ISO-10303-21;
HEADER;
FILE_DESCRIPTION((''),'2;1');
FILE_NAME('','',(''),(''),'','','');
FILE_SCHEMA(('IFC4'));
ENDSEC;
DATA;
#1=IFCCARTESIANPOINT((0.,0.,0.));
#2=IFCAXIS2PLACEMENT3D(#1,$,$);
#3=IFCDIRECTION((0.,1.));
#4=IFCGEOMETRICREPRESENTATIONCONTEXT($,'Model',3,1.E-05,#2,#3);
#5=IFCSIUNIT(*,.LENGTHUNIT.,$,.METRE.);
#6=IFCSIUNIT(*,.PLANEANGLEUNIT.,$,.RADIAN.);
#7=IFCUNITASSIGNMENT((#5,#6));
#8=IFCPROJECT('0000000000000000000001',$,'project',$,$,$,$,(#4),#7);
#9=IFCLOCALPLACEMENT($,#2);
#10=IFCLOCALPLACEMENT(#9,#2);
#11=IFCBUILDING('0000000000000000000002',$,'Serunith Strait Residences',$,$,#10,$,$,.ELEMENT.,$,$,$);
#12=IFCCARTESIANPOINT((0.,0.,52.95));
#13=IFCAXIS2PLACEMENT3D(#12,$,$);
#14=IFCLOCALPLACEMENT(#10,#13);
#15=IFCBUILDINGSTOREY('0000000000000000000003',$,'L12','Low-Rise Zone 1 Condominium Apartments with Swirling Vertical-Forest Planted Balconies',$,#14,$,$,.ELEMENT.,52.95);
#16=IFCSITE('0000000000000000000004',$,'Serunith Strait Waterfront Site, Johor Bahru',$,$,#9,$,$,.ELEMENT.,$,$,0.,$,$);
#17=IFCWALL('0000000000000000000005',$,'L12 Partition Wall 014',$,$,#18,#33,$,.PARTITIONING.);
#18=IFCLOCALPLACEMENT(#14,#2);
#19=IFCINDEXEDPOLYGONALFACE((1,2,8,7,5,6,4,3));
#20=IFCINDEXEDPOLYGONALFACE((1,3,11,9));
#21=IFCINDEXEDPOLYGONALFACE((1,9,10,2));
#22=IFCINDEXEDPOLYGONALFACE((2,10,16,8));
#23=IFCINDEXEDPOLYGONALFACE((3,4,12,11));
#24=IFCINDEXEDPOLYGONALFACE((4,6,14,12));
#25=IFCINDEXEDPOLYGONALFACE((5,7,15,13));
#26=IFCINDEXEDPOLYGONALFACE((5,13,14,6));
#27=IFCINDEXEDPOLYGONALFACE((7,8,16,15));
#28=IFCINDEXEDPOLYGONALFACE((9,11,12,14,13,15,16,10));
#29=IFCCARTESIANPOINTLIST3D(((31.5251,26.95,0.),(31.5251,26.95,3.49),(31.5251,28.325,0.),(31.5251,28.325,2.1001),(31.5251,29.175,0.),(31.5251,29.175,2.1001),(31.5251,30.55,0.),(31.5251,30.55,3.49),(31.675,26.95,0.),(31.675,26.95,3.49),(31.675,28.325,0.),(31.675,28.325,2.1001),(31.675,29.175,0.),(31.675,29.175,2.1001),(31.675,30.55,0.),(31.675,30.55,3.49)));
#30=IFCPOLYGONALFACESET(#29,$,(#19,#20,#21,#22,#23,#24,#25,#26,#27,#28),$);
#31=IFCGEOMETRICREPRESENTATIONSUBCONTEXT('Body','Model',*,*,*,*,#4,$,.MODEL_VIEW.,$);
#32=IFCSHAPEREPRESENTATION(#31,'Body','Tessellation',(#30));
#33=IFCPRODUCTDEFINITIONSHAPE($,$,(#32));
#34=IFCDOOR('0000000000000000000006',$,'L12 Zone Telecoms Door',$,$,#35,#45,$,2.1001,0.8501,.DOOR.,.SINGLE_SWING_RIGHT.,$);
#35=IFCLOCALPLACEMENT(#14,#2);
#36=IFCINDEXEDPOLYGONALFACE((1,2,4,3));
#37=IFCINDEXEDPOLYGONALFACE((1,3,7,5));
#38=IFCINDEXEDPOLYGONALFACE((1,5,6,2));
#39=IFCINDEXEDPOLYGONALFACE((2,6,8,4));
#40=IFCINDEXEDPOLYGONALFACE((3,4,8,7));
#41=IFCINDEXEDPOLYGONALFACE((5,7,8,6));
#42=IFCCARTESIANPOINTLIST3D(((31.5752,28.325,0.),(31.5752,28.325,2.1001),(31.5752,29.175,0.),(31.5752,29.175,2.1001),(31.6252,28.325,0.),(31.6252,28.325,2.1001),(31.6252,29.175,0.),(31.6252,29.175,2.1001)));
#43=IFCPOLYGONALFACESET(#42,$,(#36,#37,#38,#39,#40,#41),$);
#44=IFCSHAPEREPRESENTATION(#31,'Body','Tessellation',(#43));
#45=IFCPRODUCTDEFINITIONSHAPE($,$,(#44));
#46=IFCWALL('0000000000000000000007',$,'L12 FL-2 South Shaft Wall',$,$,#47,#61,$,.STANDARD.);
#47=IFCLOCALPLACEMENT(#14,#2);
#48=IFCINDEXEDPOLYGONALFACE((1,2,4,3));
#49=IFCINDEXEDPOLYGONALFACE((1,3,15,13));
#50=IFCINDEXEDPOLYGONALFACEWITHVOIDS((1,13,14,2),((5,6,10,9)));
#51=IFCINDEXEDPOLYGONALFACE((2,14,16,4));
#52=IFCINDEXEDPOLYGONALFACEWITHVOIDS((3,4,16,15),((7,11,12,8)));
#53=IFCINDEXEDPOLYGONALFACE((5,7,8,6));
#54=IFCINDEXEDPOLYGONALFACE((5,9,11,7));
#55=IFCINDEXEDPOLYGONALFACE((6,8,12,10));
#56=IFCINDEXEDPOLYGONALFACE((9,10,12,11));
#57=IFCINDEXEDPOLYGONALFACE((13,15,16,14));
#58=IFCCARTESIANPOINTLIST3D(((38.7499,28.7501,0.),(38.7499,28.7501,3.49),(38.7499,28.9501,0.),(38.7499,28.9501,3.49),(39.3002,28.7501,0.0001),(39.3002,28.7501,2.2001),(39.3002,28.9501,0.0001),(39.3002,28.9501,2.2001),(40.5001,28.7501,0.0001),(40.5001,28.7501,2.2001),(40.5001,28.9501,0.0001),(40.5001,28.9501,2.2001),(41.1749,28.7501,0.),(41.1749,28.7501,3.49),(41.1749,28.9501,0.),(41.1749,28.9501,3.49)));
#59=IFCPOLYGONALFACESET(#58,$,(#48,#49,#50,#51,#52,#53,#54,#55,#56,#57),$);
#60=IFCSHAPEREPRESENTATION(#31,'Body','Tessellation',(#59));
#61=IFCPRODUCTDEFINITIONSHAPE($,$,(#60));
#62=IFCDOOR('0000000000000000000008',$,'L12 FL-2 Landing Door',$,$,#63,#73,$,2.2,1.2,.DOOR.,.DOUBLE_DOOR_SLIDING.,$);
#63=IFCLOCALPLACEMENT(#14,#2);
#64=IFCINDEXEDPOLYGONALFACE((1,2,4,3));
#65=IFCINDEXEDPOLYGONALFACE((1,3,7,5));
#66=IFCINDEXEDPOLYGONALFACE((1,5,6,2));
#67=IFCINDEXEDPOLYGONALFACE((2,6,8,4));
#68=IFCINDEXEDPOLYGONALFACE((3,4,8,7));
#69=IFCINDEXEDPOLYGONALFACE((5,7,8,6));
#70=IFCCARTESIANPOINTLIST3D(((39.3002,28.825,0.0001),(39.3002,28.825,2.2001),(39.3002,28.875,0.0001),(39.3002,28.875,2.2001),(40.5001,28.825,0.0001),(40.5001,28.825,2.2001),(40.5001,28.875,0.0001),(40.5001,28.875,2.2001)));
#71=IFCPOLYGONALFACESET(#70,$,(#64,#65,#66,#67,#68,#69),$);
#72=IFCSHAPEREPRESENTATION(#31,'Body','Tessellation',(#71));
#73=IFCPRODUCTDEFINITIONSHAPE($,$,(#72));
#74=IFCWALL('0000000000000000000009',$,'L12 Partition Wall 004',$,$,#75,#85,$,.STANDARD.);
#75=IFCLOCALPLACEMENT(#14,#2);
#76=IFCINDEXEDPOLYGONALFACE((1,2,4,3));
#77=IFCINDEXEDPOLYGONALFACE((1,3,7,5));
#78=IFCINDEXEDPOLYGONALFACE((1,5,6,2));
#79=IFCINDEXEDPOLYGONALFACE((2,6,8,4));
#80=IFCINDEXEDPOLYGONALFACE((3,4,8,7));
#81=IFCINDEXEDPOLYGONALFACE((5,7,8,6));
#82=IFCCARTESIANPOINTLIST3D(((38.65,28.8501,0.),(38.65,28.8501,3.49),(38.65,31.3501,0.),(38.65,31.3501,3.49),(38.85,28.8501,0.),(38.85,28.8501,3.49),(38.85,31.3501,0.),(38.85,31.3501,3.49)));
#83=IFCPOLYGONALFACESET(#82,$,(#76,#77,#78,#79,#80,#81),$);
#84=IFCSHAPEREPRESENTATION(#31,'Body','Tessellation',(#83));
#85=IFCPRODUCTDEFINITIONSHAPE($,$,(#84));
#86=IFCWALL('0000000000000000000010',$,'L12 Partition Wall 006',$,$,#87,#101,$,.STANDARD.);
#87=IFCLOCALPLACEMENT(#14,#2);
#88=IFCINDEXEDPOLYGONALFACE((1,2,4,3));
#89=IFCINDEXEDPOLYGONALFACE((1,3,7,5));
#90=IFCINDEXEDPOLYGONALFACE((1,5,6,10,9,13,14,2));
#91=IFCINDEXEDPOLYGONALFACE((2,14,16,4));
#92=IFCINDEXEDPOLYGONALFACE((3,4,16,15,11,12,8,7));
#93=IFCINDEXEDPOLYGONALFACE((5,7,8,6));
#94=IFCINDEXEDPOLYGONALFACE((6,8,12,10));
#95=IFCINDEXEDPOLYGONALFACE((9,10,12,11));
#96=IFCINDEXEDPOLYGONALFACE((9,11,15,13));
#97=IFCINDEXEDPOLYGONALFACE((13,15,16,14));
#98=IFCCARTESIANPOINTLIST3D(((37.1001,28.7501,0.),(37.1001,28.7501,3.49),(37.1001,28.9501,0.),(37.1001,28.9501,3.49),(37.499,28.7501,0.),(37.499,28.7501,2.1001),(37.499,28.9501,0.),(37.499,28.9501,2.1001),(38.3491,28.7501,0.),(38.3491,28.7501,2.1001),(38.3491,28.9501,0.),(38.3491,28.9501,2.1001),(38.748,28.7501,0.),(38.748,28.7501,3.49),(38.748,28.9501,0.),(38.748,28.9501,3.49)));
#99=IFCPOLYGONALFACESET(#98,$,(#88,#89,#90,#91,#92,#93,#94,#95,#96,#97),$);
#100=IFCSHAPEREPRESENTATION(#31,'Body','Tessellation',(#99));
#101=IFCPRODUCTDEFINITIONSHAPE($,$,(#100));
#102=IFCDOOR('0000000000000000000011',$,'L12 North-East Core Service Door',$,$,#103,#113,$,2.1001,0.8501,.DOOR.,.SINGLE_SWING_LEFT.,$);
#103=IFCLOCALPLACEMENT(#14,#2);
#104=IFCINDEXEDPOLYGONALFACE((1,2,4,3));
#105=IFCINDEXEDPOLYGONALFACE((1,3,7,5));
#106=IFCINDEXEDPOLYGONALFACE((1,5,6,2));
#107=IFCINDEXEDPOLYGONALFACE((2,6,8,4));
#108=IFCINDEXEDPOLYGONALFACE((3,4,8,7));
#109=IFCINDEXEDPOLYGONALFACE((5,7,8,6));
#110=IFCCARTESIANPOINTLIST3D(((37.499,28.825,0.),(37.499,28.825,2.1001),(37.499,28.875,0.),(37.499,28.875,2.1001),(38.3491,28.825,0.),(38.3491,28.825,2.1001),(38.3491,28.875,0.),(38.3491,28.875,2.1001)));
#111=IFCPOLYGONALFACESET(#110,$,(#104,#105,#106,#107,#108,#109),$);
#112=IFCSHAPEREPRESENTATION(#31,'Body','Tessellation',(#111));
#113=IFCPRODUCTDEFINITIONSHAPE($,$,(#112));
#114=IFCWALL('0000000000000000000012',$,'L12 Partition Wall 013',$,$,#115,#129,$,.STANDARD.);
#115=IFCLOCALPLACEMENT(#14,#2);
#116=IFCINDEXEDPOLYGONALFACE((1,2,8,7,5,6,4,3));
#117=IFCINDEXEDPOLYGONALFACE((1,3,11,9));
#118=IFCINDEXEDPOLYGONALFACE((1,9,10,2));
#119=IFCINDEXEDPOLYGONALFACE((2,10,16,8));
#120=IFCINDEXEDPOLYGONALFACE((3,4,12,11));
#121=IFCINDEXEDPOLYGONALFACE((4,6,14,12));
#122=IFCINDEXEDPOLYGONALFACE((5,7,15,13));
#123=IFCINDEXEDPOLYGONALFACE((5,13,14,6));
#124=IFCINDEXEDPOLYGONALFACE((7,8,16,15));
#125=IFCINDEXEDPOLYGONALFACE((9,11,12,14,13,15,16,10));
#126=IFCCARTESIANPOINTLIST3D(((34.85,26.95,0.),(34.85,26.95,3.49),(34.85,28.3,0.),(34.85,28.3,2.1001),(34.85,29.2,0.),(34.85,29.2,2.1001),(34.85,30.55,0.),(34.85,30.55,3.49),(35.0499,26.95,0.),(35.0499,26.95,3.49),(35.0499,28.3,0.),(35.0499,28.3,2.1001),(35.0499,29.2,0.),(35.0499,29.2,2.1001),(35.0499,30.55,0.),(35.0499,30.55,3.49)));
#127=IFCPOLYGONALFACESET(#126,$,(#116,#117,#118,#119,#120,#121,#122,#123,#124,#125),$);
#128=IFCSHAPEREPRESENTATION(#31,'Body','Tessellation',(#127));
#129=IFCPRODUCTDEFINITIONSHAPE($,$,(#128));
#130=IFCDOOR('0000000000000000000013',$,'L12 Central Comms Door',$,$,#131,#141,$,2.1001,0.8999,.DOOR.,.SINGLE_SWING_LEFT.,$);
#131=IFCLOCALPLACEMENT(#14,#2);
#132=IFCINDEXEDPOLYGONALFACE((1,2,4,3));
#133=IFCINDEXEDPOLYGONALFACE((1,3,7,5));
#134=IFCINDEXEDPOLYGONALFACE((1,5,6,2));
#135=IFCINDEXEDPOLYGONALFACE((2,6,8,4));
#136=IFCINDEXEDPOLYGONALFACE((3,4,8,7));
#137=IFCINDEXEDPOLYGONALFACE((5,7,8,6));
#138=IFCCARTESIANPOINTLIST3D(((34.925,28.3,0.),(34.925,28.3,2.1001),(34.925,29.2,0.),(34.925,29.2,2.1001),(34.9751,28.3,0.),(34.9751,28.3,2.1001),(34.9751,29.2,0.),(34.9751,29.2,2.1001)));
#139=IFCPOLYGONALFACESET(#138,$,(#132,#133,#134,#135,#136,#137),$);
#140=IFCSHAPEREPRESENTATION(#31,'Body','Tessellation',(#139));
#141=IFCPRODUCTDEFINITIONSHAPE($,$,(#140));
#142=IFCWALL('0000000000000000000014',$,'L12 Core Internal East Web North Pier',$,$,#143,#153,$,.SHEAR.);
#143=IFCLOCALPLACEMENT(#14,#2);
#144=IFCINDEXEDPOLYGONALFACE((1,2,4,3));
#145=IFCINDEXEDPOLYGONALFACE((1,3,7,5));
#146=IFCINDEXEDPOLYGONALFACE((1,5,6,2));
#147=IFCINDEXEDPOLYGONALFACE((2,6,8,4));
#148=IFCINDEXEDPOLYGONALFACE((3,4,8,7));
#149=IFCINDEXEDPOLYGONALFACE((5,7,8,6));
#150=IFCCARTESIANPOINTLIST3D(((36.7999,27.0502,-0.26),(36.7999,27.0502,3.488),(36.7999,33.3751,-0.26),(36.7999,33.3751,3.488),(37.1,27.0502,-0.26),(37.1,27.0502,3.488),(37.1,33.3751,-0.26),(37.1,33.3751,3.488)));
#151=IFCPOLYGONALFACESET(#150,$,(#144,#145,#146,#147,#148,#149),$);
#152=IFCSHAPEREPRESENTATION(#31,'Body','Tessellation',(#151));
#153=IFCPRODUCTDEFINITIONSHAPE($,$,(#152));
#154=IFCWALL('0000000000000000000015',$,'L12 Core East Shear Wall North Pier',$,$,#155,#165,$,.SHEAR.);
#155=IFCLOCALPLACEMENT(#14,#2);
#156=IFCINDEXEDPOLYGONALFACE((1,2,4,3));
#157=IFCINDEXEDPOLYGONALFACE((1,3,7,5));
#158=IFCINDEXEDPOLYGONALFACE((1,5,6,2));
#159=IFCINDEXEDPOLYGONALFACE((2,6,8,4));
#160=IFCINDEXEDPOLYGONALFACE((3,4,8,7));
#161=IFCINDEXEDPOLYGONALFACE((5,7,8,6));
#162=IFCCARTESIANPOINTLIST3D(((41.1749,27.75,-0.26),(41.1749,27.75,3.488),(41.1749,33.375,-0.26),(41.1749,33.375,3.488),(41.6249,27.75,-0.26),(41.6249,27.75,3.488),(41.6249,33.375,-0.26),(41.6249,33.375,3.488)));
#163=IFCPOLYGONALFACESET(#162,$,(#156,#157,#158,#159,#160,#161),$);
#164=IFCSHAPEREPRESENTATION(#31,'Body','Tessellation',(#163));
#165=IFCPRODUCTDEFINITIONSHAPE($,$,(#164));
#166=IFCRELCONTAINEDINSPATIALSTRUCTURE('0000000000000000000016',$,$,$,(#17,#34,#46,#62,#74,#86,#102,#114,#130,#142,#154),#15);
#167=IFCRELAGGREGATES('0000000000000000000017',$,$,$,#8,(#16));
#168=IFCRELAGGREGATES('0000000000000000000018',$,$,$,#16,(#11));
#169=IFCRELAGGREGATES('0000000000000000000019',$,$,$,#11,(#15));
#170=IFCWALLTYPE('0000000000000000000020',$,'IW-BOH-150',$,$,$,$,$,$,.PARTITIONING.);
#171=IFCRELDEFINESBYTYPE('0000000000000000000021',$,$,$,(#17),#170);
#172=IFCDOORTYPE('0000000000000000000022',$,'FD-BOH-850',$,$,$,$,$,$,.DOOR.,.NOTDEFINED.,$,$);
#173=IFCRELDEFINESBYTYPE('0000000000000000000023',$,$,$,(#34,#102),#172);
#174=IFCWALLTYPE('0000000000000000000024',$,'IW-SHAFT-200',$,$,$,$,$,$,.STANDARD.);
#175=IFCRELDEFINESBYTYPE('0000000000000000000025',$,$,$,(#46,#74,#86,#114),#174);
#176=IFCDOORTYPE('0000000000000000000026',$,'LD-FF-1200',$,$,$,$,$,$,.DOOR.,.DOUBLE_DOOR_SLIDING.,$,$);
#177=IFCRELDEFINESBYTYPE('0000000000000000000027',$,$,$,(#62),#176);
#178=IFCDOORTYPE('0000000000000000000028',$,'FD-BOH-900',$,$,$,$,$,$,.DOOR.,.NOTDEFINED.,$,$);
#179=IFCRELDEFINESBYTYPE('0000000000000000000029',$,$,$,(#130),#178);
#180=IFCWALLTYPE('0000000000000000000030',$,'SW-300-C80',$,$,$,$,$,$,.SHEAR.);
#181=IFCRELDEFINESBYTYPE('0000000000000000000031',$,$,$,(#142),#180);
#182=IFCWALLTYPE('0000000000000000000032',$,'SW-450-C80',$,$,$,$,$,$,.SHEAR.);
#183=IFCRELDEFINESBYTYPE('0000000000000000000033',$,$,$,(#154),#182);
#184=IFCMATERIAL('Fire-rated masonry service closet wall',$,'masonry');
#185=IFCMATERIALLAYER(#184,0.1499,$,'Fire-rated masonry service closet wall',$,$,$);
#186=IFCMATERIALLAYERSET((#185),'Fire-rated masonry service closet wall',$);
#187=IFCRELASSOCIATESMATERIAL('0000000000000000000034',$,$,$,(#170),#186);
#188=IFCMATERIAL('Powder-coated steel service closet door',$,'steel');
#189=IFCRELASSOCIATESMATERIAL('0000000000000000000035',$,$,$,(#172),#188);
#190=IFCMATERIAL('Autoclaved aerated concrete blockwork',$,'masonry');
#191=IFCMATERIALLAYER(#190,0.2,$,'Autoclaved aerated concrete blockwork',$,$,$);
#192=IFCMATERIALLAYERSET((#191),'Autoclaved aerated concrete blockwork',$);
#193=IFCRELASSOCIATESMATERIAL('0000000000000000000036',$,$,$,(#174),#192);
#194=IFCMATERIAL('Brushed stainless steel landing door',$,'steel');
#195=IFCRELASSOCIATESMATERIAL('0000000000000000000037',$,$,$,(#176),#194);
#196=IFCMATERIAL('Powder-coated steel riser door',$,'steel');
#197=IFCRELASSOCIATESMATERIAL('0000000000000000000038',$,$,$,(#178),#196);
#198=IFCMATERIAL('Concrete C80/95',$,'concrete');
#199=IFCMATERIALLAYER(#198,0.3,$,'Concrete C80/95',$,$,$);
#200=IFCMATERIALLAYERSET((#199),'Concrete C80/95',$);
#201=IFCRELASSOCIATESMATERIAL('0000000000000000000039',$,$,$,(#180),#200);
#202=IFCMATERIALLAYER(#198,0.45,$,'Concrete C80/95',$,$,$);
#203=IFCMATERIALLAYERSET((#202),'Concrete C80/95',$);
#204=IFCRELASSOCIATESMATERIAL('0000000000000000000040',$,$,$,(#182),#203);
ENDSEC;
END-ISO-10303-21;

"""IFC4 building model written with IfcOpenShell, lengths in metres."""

from ifc_helpers import new_model, si_unit, direction, frame, frame_2d, origin, place, context, subcontext, project, spatial, rectangle, extrude, source, transform, mapped, material, layer, layer_set, type_object, element, fill, save


model = new_model("IFC4")

# Units and contexts
model_context = context("Model", 3, precision=1e-05, world=origin(), true_north=direction((0.0, 1.0)))
body_context = subcontext(model_context, "Body", "Model", "MODEL_VIEW")
ifc_project = project(units=[si_unit("LENGTHUNIT", "METRE"), si_unit("PLANEANGLEUNIT", "RADIAN")], contexts=[model_context])

# Site, building, storey
site_placement = place(None, origin())
site = spatial("IfcSite", under=ifc_project, at=site_placement, Name="Serunith Strait Waterfront Site, Johor Bahru", CompositionType="ELEMENT", RefElevation=0.0)
building_placement = place(site_placement, origin())
building = spatial("IfcBuilding", under=site, at=building_placement, Name="Serunith Strait Residences", CompositionType="ELEMENT")
storey_placement = place(building_placement, frame((0.0, 0.0, 52.95)))
storey = spatial("IfcBuildingStorey", under=building, at=storey_placement, Name="L12", Description="Low-Rise Zone 1 Condominium Apartments with Swirling Vertical-Forest Planted Balconies", CompositionType="ELEMENT", Elevation=52.95)

# Walls, openings, doors
ifc_material_1 = material(Name="Fire-rated masonry service closet wall", Category="masonry")
ifc_layer_1 = layer(ifc_material_1, 0.1499, Name="Fire-rated masonry service closet wall")
ifc_layer_set_1 = layer_set([ifc_layer_1], Name="Fire-rated masonry service closet wall")
wall_type_1 = type_object("IfcWallType", Name="IW-BOH-150", PredefinedType="PARTITIONING", material=ifc_layer_set_1)
wall_1_placement = place(storey_placement, frame((31.6001, 26.95, 0.0), z_axis=(0.0, 0.0, 1.0), x_axis=(0.0, 1.0, 0.0)))
wall_1 = element("IfcWall", 1, at=wall_1_placement, inside=storey, type_object=wall_type_1, Name="L12 Partition Wall 014", PredefinedType="PARTITIONING", context=body_context, shape_type="SweptSolid", body=[
    extrude(rectangle(XDim=3.6001, YDim=0.1499, at=frame_2d((1.8, 0.0))), origin(), (0.0, 0.0, 1.0), 3.49),
])
opening_1_placement = place(wall_1_placement, frame((1.375, 0.0, 0.0)))
opening_1 = element("IfcOpeningElement", 2, at=opening_1_placement, cuts=wall_1, PredefinedType="OPENING", context=body_context, shape_type="SweptSolid", body=[
    extrude(rectangle(XDim=0.8501, YDim=2.1001, at=frame_2d((0.425, 1.05))), frame((0.0, 0.085, 0.0), z_axis=(0.0, -1.0, 0.0), x_axis=(1.0, 0.0, 0.0)), (0.0, 0.0, 1.0), 0.1699),
])
ifc_material_2 = material(Name="Powder-coated steel service closet door", Category="steel")
door_type_1 = type_object("IfcDoorType", Name="FD-BOH-850", OperationType="NOTDEFINED", PredefinedType="DOOR", material=ifc_material_2)
shared_shape_1 = source(origin(), body_context, "Body", "SweptSolid", [
    extrude(rectangle(XDim=0.8501, YDim=2.1001, at=frame_2d((0.425, 1.05))), frame((0.0, 0.0249, 0.0), z_axis=(0.0, -1.0, 0.0), x_axis=(1.0, 0.0, 0.0)), (0.0, 0.0, 1.0), 0.05),
])
door_1_placement = place(opening_1_placement, origin())
door_1 = element("IfcDoor", 3, at=door_1_placement, inside=storey, type_object=door_type_1, Name="L12 Zone Telecoms Door", OperationType="SINGLE_SWING_RIGHT", OverallHeight=2.1001, OverallWidth=0.8501, PredefinedType="DOOR", context=body_context, shape_type="MappedRepresentation", body=[
    mapped(shared_shape_1, transform((0.0, 0.0, 0.0), scale=1.0)),
])
fill(opening_1, door_1)
ifc_material_3 = material(Name="Autoclaved aerated concrete blockwork", Category="masonry")
ifc_layer_2 = layer(ifc_material_3, 0.2, Name="Autoclaved aerated concrete blockwork")
ifc_layer_set_2 = layer_set([ifc_layer_2], Name="Autoclaved aerated concrete blockwork")
wall_type_2 = type_object("IfcWallType", Name="IW-SHAFT-200", PredefinedType="STANDARD", material=ifc_layer_set_2)
wall_2_placement = place(storey_placement, frame((38.75, 28.8501, 0.0), z_axis=(0.0, 0.0, 1.0), x_axis=(1.0, 0.0, 0.0)))
wall_2 = element("IfcWall", 4, at=wall_2_placement, inside=storey, type_object=wall_type_2, Name="L12 FL-2 South Shaft Wall", PredefinedType="STANDARD", context=body_context, shape_type="SweptSolid", body=[
    extrude(rectangle(XDim=2.425, YDim=0.2, at=frame_2d((1.2124, 0.0))), origin(), (0.0, 0.0, 1.0), 3.49),
])
opening_2_placement = place(wall_2_placement, frame((0.55, 0.0, 0.0)))
opening_2 = element("IfcOpeningElement", 5, at=opening_2_placement, cuts=wall_2, PredefinedType="OPENING", context=body_context, shape_type="SweptSolid", body=[
    extrude(rectangle(XDim=1.2, YDim=2.2, at=frame_2d((0.6001, 1.1001))), frame((0.0, 0.1099, 0.0), z_axis=(0.0, -1.0, 0.0), x_axis=(1.0, 0.0, 0.0)), (0.0, 0.0, 1.0), 0.22),
])
ifc_material_4 = material(Name="Brushed stainless steel landing door", Category="steel")
door_type_2 = type_object("IfcDoorType", Name="LD-FF-1200", OperationType="DOUBLE_DOOR_SLIDING", PredefinedType="DOOR", material=ifc_material_4)
shared_shape_2 = source(origin(), body_context, "Body", "SweptSolid", [
    extrude(rectangle(XDim=1.2, YDim=2.2, at=frame_2d((0.6001, 1.1001))), frame((0.0, 0.0249, 0.0), z_axis=(0.0, -1.0, 0.0), x_axis=(1.0, 0.0, 0.0)), (0.0, 0.0, 1.0), 0.05),
])
door_2_placement = place(opening_2_placement, origin())
door_2 = element("IfcDoor", 6, at=door_2_placement, inside=storey, type_object=door_type_2, Name="L12 FL-2 Landing Door", OperationType="DOUBLE_DOOR_SLIDING", OverallHeight=2.2, OverallWidth=1.2, PredefinedType="DOOR", context=body_context, shape_type="MappedRepresentation", body=[
    mapped(shared_shape_2, transform((0.0, 0.0, 0.0), scale=1.0)),
])
fill(opening_2, door_2)

# Wall
wall_3_placement = place(storey_placement, frame((38.75, 28.8501, 0.0), z_axis=(0.0, 0.0, 1.0), x_axis=(0.0, 1.0, 0.0)))
element("IfcWall", 7, at=wall_3_placement, inside=storey, type_object=wall_type_2, Name="L12 Partition Wall 004", PredefinedType="STANDARD", context=body_context, shape_type="SweptSolid", body=[
    extrude(rectangle(XDim=2.5, YDim=0.2, at=frame_2d((1.25, 0.0))), origin(), (0.0, 0.0, 1.0), 3.49),
])

# Walls, openings, doors
wall_4_placement = place(storey_placement, frame((37.1001, 28.8501, 0.0), z_axis=(0.0, 0.0, 1.0), x_axis=(1.0, 0.0, 0.0)))
wall_4 = element("IfcWall", 8, at=wall_4_placement, inside=storey, type_object=wall_type_2, Name="L12 Partition Wall 006", PredefinedType="STANDARD", context=body_context, shape_type="SweptSolid", body=[
    extrude(rectangle(XDim=1.6479, YDim=0.2, at=frame_2d((0.824, 0.0))), origin(), (0.0, 0.0, 1.0), 3.49),
])
opening_3_placement = place(wall_4_placement, frame((0.3989, 0.0, 0.0)))
opening_3 = element("IfcOpeningElement", 9, at=opening_3_placement, cuts=wall_4, PredefinedType="OPENING", context=body_context, shape_type="SweptSolid", body=[
    extrude(rectangle(XDim=0.8501, YDim=2.1001, at=frame_2d((0.425, 1.05))), frame((0.0, 0.1099, 0.0), z_axis=(0.0, -1.0, 0.0), x_axis=(1.0, 0.0, 0.0)), (0.0, 0.0, 1.0), 0.22),
])
door_3_placement = place(opening_3_placement, origin())
door_3 = element("IfcDoor", 10, at=door_3_placement, inside=storey, type_object=door_type_1, Name="L12 North-East Core Service Door", OperationType="SINGLE_SWING_LEFT", OverallHeight=2.1001, OverallWidth=0.8501, PredefinedType="DOOR", context=body_context, shape_type="MappedRepresentation", body=[
    mapped(shared_shape_1, transform((0.0, 0.0, 0.0), scale=1.0)),
])
fill(opening_3, door_3)
wall_5_placement = place(storey_placement, frame((34.95, 26.95, 0.0), z_axis=(0.0, 0.0, 1.0), x_axis=(0.0, 1.0, 0.0)))
wall_5 = element("IfcWall", 11, at=wall_5_placement, inside=storey, type_object=wall_type_2, Name="L12 Partition Wall 013", PredefinedType="STANDARD", context=body_context, shape_type="SweptSolid", body=[
    extrude(rectangle(XDim=3.6001, YDim=0.2, at=frame_2d((1.8, 0.0))), origin(), (0.0, 0.0, 1.0), 3.49),
])
opening_4_placement = place(wall_5_placement, frame((1.3501, 0.0, 0.0)))
opening_4 = element("IfcOpeningElement", 12, at=opening_4_placement, cuts=wall_5, PredefinedType="OPENING", context=body_context, shape_type="SweptSolid", body=[
    extrude(rectangle(XDim=0.8999, YDim=2.1001, at=frame_2d((0.45, 1.05))), frame((0.0, 0.1099, 0.0), z_axis=(0.0, -1.0, 0.0), x_axis=(1.0, 0.0, 0.0)), (0.0, 0.0, 1.0), 0.22),
])
ifc_material_5 = material(Name="Powder-coated steel riser door", Category="steel")
door_type_3 = type_object("IfcDoorType", Name="FD-BOH-900", OperationType="NOTDEFINED", PredefinedType="DOOR", material=ifc_material_5)
shared_shape_3 = source(origin(), body_context, "Body", "SweptSolid", [
    extrude(rectangle(XDim=0.8999, YDim=2.1001, at=frame_2d((0.45, 1.05))), frame((0.0, 0.0249, 0.0), z_axis=(0.0, -1.0, 0.0), x_axis=(1.0, 0.0, 0.0)), (0.0, 0.0, 1.0), 0.05),
])
door_4_placement = place(opening_4_placement, origin())
door_4 = element("IfcDoor", 13, at=door_4_placement, inside=storey, type_object=door_type_3, Name="L12 Central Comms Door", OperationType="SINGLE_SWING_LEFT", OverallHeight=2.1001, OverallWidth=0.8999, PredefinedType="DOOR", context=body_context, shape_type="MappedRepresentation", body=[
    mapped(shared_shape_3, transform((0.0, 0.0, 0.0), scale=1.0)),
])
fill(opening_4, door_4)

# Walls
ifc_material_6 = material(Name="Concrete C80/95", Category="concrete")
ifc_layer_3 = layer(ifc_material_6, 0.3, Name="Concrete C80/95")
ifc_layer_set_3 = layer_set([ifc_layer_3], Name="Concrete C80/95")
wall_type_3 = type_object("IfcWallType", Name="SW-300-C80", PredefinedType="SHEAR", material=ifc_layer_set_3)
wall_6_placement = place(storey_placement, frame((36.95, 27.05, -0.26), z_axis=(0.0, 0.0, 1.0), x_axis=(0.0, 1.0, 0.0)))
element("IfcWall", 14, at=wall_6_placement, inside=storey, type_object=wall_type_3, Name="L12 Core Internal East Web North Pier", PredefinedType="SHEAR", context=body_context, shape_type="SweptSolid", body=[
    extrude(rectangle(XDim=6.325, YDim=0.3, at=frame_2d((3.1626, 0.0))), origin(), (0.0, 0.0, 1.0), 3.748),
])
ifc_layer_4 = layer(ifc_material_6, 0.45, Name="Concrete C80/95")
ifc_layer_set_4 = layer_set([ifc_layer_4], Name="Concrete C80/95")
wall_type_4 = type_object("IfcWallType", Name="SW-450-C80", PredefinedType="SHEAR", material=ifc_layer_set_4)
wall_7_placement = place(storey_placement, frame((41.3999, 27.75, -0.26), z_axis=(0.0, 0.0, 1.0), x_axis=(0.0, 1.0, 0.0)))
element("IfcWall", 15, at=wall_7_placement, inside=storey, type_object=wall_type_4, Name="L12 Core East Shear Wall North Pier", PredefinedType="SHEAR", context=body_context, shape_type="SweptSolid", body=[
    extrude(rectangle(XDim=5.625, YDim=0.45, at=frame_2d((2.8125, 0.0))), origin(), (0.0, 0.0, 1.0), 3.748),
])

save(model, "model.ifc")
